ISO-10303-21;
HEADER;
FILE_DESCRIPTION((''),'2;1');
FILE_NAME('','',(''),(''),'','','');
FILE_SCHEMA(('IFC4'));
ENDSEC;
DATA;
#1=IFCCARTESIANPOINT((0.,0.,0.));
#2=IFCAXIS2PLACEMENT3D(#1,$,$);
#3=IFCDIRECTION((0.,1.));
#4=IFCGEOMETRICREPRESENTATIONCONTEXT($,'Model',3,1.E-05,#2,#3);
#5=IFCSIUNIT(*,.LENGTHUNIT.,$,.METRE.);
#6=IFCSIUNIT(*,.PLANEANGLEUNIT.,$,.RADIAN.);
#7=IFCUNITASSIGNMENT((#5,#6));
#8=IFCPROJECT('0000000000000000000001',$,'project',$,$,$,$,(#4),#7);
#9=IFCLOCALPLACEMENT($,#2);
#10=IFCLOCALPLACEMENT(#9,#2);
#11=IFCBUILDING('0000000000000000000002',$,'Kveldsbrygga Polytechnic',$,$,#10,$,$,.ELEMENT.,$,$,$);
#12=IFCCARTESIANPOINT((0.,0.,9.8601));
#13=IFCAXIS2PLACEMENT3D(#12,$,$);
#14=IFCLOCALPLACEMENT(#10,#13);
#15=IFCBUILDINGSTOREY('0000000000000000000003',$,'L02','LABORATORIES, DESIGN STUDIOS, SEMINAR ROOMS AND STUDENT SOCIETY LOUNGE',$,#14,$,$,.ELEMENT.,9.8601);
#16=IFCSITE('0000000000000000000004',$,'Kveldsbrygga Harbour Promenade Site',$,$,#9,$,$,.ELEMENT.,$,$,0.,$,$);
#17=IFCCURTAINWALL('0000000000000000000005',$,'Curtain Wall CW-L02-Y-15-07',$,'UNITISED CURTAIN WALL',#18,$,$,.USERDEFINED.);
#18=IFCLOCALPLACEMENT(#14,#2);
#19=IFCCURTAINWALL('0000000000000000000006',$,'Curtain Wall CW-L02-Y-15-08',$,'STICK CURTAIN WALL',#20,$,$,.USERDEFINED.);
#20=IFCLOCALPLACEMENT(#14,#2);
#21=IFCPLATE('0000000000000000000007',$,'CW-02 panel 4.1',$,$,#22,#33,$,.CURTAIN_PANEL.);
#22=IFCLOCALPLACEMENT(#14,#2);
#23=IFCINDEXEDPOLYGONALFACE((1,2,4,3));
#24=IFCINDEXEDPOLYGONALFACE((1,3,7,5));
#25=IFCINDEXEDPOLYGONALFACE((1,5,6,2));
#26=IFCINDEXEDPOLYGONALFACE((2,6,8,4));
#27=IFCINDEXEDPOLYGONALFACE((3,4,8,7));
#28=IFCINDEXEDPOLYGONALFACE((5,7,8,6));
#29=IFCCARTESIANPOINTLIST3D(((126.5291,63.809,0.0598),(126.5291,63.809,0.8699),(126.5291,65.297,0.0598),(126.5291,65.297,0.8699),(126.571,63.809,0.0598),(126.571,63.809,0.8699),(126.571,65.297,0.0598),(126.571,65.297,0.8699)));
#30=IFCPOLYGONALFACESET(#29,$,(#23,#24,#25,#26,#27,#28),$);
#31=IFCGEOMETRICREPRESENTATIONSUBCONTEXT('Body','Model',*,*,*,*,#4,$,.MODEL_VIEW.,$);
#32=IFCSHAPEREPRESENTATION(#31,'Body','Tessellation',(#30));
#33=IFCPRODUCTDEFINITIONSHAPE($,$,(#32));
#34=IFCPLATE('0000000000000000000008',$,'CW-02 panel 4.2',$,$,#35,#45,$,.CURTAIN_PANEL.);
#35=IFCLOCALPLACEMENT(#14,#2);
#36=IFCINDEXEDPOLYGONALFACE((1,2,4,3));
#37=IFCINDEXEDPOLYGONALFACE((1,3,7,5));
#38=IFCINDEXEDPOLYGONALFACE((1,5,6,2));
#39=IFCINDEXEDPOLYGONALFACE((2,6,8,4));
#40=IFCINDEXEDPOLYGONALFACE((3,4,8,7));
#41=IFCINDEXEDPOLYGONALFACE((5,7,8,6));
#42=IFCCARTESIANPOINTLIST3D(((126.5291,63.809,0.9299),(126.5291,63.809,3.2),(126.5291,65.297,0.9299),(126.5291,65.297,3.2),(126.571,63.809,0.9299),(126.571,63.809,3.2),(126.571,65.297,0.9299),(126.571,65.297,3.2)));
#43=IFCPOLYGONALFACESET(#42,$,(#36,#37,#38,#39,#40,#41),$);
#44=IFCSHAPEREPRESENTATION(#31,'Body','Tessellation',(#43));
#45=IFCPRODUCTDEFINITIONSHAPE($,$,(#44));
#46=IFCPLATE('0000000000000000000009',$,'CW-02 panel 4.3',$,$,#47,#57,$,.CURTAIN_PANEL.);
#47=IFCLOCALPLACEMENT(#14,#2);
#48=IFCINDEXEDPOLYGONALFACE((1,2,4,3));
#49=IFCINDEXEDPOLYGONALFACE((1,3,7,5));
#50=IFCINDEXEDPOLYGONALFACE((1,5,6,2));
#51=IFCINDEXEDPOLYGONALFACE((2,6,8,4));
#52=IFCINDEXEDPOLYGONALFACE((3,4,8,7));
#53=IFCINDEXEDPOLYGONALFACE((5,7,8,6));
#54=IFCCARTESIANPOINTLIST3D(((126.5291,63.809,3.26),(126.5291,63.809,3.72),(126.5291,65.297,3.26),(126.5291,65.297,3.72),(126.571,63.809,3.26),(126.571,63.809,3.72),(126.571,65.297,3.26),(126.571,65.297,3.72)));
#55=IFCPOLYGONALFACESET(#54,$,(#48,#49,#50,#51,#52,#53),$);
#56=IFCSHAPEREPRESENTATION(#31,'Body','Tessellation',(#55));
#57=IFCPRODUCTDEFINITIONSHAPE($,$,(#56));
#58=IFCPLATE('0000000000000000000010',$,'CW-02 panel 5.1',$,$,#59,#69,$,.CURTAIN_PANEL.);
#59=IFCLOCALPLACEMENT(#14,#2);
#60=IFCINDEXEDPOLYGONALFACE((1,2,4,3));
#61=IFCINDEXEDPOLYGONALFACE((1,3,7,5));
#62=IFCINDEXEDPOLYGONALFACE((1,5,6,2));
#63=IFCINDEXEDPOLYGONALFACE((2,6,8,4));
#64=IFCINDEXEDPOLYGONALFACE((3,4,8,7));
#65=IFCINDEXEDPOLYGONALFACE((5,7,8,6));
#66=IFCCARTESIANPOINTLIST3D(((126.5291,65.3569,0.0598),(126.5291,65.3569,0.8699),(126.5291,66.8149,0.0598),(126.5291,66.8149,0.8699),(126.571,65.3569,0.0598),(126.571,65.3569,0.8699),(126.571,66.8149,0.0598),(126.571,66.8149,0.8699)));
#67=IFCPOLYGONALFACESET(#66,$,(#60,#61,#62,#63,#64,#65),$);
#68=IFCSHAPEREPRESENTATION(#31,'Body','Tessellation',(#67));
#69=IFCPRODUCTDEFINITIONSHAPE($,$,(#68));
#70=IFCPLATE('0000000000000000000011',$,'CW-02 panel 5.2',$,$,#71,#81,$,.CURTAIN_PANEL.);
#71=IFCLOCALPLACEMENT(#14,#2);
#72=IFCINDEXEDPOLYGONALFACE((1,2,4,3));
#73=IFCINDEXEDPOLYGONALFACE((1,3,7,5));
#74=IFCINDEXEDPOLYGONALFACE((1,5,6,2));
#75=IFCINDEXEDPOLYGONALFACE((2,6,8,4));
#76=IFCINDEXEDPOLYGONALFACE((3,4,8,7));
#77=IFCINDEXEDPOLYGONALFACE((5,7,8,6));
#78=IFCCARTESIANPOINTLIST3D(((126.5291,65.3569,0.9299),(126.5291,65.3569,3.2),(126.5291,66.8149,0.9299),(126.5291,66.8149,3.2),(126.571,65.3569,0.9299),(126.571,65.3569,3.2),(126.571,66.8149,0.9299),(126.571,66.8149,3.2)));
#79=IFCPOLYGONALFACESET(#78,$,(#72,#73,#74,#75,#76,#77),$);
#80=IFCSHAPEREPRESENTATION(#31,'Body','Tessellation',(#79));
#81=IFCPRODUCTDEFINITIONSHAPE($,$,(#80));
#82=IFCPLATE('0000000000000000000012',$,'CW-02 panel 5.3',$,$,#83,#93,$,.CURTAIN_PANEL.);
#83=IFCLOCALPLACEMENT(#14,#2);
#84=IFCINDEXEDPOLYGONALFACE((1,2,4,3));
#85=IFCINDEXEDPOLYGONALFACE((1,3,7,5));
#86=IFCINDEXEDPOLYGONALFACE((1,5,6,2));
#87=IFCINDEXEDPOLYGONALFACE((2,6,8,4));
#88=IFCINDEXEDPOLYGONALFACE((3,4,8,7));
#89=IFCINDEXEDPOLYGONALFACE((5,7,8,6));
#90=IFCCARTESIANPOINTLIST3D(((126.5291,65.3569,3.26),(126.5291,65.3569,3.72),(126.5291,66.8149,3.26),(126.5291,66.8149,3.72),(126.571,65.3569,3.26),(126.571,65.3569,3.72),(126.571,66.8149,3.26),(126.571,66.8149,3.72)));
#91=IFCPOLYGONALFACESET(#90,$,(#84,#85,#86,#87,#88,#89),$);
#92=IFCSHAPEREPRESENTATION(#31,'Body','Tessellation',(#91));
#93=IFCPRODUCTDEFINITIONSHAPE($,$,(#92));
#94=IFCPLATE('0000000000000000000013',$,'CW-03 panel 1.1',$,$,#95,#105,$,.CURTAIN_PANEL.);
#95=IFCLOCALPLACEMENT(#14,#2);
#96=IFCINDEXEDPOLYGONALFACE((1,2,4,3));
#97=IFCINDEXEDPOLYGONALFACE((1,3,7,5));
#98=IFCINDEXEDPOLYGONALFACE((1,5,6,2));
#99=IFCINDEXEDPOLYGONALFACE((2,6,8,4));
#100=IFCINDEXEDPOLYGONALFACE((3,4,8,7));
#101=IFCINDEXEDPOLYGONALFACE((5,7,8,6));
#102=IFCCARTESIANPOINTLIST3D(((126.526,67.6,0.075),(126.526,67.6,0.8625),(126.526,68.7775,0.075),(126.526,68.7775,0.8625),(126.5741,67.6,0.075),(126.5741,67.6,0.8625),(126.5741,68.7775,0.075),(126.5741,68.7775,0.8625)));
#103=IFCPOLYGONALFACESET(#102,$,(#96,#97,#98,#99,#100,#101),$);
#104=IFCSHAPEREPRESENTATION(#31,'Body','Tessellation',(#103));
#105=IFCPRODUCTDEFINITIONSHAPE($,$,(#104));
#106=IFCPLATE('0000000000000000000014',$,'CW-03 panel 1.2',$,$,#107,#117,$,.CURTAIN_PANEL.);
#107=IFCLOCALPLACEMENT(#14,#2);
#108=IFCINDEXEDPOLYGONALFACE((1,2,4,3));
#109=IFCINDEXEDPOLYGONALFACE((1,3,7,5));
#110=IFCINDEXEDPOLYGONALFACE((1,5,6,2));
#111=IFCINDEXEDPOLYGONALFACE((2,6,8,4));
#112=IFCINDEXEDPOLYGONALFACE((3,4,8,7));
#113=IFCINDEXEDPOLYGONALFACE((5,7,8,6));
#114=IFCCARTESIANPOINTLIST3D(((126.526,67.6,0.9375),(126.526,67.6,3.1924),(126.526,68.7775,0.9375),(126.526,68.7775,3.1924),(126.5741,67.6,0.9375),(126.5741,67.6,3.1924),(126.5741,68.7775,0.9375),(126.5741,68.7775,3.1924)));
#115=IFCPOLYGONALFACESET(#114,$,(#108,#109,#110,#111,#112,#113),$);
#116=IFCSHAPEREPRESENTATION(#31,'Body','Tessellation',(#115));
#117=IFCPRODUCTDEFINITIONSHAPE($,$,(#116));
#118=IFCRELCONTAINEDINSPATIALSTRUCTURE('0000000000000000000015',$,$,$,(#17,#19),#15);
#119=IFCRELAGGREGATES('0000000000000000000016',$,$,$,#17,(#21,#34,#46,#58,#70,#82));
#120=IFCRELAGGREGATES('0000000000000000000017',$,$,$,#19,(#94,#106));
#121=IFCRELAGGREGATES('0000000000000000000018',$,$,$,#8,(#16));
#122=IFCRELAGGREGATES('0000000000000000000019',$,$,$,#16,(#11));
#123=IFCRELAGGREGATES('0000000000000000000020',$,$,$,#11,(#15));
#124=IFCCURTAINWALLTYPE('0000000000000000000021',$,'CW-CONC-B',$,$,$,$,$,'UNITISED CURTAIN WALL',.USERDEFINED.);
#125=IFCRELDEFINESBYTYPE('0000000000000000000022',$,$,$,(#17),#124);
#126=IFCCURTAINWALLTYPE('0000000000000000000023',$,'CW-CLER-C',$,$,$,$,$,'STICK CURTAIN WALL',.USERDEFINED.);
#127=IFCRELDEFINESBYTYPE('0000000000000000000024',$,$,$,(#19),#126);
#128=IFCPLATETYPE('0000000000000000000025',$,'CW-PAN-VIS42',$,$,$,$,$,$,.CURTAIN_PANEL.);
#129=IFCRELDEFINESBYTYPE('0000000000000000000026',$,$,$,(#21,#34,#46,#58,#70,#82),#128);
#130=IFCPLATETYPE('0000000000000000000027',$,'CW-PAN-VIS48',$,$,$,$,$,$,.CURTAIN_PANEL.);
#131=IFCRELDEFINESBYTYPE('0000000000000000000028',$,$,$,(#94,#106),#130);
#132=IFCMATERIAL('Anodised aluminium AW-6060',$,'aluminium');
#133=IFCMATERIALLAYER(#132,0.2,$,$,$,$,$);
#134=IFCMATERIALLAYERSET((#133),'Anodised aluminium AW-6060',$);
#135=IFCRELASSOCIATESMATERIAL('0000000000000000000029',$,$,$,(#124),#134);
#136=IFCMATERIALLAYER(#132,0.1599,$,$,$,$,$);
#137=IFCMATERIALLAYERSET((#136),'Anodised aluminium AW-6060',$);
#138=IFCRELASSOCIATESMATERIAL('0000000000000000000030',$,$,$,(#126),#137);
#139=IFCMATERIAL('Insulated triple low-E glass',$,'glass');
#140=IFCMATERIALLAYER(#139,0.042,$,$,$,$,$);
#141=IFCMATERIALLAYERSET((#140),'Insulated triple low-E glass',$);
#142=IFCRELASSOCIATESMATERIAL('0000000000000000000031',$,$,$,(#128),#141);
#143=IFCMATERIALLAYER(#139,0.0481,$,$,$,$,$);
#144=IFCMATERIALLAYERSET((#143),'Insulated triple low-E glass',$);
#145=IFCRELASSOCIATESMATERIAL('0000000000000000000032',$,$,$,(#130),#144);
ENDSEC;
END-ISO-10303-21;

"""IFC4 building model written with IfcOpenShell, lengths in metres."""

from ifc_helpers import new_model, si_unit, direction, frame, origin, origin_2d, place, context, subcontext, project, spatial, rectangle, extrude, material, layer, layer_set, type_object, element, aggregate, save


model = new_model("IFC4")

# Units and contexts
model_context = context("Model", 3, precision=1e-05, world=origin(), true_north=direction((0.0, 1.0)))
body_context = subcontext(model_context, "Body", "Model", "MODEL_VIEW")
ifc_project = project(units=[si_unit("LENGTHUNIT", "METRE"), si_unit("PLANEANGLEUNIT", "RADIAN")], contexts=[model_context])

# Site, building, storey
site_placement = place(None, origin())
site = spatial("IfcSite", under=ifc_project, at=site_placement, Name="Kveldsbrygga Harbour Promenade Site", CompositionType="ELEMENT", RefElevation=0.0)
building_placement = place(site_placement, origin())
building = spatial("IfcBuilding", under=site, at=building_placement, Name="Kveldsbrygga Polytechnic", CompositionType="ELEMENT")
storey_placement = place(building_placement, frame((0.0, 0.0, 9.8601)))
storey = spatial("IfcBuildingStorey", under=building, at=storey_placement, Name="L02", Description="LABORATORIES, DESIGN STUDIOS, SEMINAR ROOMS AND STUDENT SOCIETY LOUNGE", CompositionType="ELEMENT", Elevation=9.8601)

# Curtain wall
ifc_material_1 = material(Name="Anodised aluminium AW-6060", Category="aluminium")
ifc_layer_1 = layer(ifc_material_1, 0.2)
ifc_layer_set_1 = layer_set([ifc_layer_1], Name="Anodised aluminium AW-6060")
curtain_wall_type_1 = type_object("IfcCurtainWallType", Name="CW-CONC-B", ElementType="UNITISED CURTAIN WALL", PredefinedType="USERDEFINED", material=ifc_layer_set_1)
curtain_wall_1_placement = place(storey_placement, origin())
curtain_wall_1 = element("IfcCurtainWall", 1, at=curtain_wall_1_placement, inside=storey, type_object=curtain_wall_type_1, Name="Curtain Wall CW-L02-Y-15-07", ObjectType="UNITISED CURTAIN WALL", PredefinedType="USERDEFINED")

# Curtain wall
ifc_layer_2 = layer(ifc_material_1, 0.1599)
ifc_layer_set_2 = layer_set([ifc_layer_2], Name="Anodised aluminium AW-6060")
curtain_wall_type_2 = type_object("IfcCurtainWallType", Name="CW-CLER-C", ElementType="STICK CURTAIN WALL", PredefinedType="USERDEFINED", material=ifc_layer_set_2)
curtain_wall_2_placement = place(storey_placement, origin())
curtain_wall_2 = element("IfcCurtainWall", 2, at=curtain_wall_2_placement, inside=storey, type_object=curtain_wall_type_2, Name="Curtain Wall CW-L02-Y-15-08", ObjectType="STICK CURTAIN WALL", PredefinedType="USERDEFINED")

# Plates
ifc_material_2 = material(Name="Insulated triple low-E glass", Category="glass")
ifc_layer_3 = layer(ifc_material_2, 0.042)
ifc_layer_set_3 = layer_set([ifc_layer_3], Name="Insulated triple low-E glass")
plate_type_1 = type_object("IfcPlateType", Name="CW-PAN-VIS42", PredefinedType="CURTAIN_PANEL", material=ifc_layer_set_3)
plate_1_placement = place(storey_placement, frame((126.55, 64.553, 0.0598), z_axis=(0.0, 0.0, 1.0), x_axis=(0.0, 1.0, 0.0)))
plate_1 = element("IfcPlate", 3, at=plate_1_placement, type_object=plate_type_1, Name="CW-02 panel 4.1", PredefinedType="CURTAIN_PANEL", context=body_context, shape_type="SweptSolid", body=[
    extrude(rectangle(XDim=1.488, YDim=0.042, at=origin_2d()), origin(), (0.0, 0.0, 1.0), 0.8101),
])
plate_2_placement = place(storey_placement, frame((126.55, 64.553, 0.9299), z_axis=(0.0, 0.0, 1.0), x_axis=(0.0, 1.0, 0.0)))
plate_2 = element("IfcPlate", 4, at=plate_2_placement, type_object=plate_type_1, Name="CW-02 panel 4.2", PredefinedType="CURTAIN_PANEL", context=body_context, shape_type="SweptSolid", body=[
    extrude(rectangle(XDim=1.488, YDim=0.042, at=origin_2d()), origin(), (0.0, 0.0, 1.0), 2.27),
])
plate_3_placement = place(storey_placement, frame((126.55, 64.553, 3.26), z_axis=(0.0, 0.0, 1.0), x_axis=(0.0, 1.0, 0.0)))
plate_3 = element("IfcPlate", 5, at=plate_3_placement, type_object=plate_type_1, Name="CW-02 panel 4.3", PredefinedType="CURTAIN_PANEL", context=body_context, shape_type="SweptSolid", body=[
    extrude(rectangle(XDim=1.488, YDim=0.042, at=origin_2d()), origin(), (0.0, 0.0, 1.0), 0.46),
])
plate_4_placement = place(storey_placement, frame((126.55, 66.0859, 0.0598), z_axis=(0.0, 0.0, 1.0), x_axis=(0.0, 1.0, 0.0)))
plate_4 = element("IfcPlate", 6, at=plate_4_placement, type_object=plate_type_1, Name="CW-02 panel 5.1", PredefinedType="CURTAIN_PANEL", context=body_context, shape_type="SweptSolid", body=[
    extrude(rectangle(XDim=1.458, YDim=0.042, at=origin_2d()), origin(), (0.0, 0.0, 1.0), 0.8101),
])
plate_5_placement = place(storey_placement, frame((126.55, 66.0859, 0.9299), z_axis=(0.0, 0.0, 1.0), x_axis=(0.0, 1.0, 0.0)))
plate_5 = element("IfcPlate", 7, at=plate_5_placement, type_object=plate_type_1, Name="CW-02 panel 5.2", PredefinedType="CURTAIN_PANEL", context=body_context, shape_type="SweptSolid", body=[
    extrude(rectangle(XDim=1.458, YDim=0.042, at=origin_2d()), origin(), (0.0, 0.0, 1.0), 2.27),
])
plate_6_placement = place(storey_placement, frame((126.55, 66.0859, 3.26), z_axis=(0.0, 0.0, 1.0), x_axis=(0.0, 1.0, 0.0)))
plate_6 = element("IfcPlate", 8, at=plate_6_placement, type_object=plate_type_1, Name="CW-02 panel 5.3", PredefinedType="CURTAIN_PANEL", context=body_context, shape_type="SweptSolid", body=[
    extrude(rectangle(XDim=1.458, YDim=0.042, at=origin_2d()), origin(), (0.0, 0.0, 1.0), 0.46),
])
aggregate(curtain_wall_1, [plate_1, plate_2, plate_3, plate_4, plate_5, plate_6])
ifc_layer_4 = layer(ifc_material_2, 0.0481)
ifc_layer_set_4 = layer_set([ifc_layer_4], Name="Insulated triple low-E glass")
plate_type_2 = type_object("IfcPlateType", Name="CW-PAN-VIS48", PredefinedType="CURTAIN_PANEL", material=ifc_layer_set_4)
plate_7_placement = place(storey_placement, frame((126.55, 68.1887, 0.075), z_axis=(0.0, 0.0, 1.0), x_axis=(0.0, 1.0, 0.0)))
plate_7 = element("IfcPlate", 9, at=plate_7_placement, type_object=plate_type_2, Name="CW-03 panel 1.1", PredefinedType="CURTAIN_PANEL", context=body_context, shape_type="SweptSolid", body=[
    extrude(rectangle(XDim=1.1775, YDim=0.0481, at=origin_2d()), origin(), (0.0, 0.0, 1.0), 0.7876),
])
plate_8_placement = place(storey_placement, frame((126.55, 68.1887, 0.9375), z_axis=(0.0, 0.0, 1.0), x_axis=(0.0, 1.0, 0.0)))
plate_8 = element("IfcPlate", 10, at=plate_8_placement, type_object=plate_type_2, Name="CW-03 panel 1.2", PredefinedType="CURTAIN_PANEL", context=body_context, shape_type="SweptSolid", body=[
    extrude(rectangle(XDim=1.1775, YDim=0.0481, at=origin_2d()), origin(), (0.0, 0.0, 1.0), 2.2549),
])
aggregate(curtain_wall_2, [plate_7, plate_8])

save(model, "model.ifc")
